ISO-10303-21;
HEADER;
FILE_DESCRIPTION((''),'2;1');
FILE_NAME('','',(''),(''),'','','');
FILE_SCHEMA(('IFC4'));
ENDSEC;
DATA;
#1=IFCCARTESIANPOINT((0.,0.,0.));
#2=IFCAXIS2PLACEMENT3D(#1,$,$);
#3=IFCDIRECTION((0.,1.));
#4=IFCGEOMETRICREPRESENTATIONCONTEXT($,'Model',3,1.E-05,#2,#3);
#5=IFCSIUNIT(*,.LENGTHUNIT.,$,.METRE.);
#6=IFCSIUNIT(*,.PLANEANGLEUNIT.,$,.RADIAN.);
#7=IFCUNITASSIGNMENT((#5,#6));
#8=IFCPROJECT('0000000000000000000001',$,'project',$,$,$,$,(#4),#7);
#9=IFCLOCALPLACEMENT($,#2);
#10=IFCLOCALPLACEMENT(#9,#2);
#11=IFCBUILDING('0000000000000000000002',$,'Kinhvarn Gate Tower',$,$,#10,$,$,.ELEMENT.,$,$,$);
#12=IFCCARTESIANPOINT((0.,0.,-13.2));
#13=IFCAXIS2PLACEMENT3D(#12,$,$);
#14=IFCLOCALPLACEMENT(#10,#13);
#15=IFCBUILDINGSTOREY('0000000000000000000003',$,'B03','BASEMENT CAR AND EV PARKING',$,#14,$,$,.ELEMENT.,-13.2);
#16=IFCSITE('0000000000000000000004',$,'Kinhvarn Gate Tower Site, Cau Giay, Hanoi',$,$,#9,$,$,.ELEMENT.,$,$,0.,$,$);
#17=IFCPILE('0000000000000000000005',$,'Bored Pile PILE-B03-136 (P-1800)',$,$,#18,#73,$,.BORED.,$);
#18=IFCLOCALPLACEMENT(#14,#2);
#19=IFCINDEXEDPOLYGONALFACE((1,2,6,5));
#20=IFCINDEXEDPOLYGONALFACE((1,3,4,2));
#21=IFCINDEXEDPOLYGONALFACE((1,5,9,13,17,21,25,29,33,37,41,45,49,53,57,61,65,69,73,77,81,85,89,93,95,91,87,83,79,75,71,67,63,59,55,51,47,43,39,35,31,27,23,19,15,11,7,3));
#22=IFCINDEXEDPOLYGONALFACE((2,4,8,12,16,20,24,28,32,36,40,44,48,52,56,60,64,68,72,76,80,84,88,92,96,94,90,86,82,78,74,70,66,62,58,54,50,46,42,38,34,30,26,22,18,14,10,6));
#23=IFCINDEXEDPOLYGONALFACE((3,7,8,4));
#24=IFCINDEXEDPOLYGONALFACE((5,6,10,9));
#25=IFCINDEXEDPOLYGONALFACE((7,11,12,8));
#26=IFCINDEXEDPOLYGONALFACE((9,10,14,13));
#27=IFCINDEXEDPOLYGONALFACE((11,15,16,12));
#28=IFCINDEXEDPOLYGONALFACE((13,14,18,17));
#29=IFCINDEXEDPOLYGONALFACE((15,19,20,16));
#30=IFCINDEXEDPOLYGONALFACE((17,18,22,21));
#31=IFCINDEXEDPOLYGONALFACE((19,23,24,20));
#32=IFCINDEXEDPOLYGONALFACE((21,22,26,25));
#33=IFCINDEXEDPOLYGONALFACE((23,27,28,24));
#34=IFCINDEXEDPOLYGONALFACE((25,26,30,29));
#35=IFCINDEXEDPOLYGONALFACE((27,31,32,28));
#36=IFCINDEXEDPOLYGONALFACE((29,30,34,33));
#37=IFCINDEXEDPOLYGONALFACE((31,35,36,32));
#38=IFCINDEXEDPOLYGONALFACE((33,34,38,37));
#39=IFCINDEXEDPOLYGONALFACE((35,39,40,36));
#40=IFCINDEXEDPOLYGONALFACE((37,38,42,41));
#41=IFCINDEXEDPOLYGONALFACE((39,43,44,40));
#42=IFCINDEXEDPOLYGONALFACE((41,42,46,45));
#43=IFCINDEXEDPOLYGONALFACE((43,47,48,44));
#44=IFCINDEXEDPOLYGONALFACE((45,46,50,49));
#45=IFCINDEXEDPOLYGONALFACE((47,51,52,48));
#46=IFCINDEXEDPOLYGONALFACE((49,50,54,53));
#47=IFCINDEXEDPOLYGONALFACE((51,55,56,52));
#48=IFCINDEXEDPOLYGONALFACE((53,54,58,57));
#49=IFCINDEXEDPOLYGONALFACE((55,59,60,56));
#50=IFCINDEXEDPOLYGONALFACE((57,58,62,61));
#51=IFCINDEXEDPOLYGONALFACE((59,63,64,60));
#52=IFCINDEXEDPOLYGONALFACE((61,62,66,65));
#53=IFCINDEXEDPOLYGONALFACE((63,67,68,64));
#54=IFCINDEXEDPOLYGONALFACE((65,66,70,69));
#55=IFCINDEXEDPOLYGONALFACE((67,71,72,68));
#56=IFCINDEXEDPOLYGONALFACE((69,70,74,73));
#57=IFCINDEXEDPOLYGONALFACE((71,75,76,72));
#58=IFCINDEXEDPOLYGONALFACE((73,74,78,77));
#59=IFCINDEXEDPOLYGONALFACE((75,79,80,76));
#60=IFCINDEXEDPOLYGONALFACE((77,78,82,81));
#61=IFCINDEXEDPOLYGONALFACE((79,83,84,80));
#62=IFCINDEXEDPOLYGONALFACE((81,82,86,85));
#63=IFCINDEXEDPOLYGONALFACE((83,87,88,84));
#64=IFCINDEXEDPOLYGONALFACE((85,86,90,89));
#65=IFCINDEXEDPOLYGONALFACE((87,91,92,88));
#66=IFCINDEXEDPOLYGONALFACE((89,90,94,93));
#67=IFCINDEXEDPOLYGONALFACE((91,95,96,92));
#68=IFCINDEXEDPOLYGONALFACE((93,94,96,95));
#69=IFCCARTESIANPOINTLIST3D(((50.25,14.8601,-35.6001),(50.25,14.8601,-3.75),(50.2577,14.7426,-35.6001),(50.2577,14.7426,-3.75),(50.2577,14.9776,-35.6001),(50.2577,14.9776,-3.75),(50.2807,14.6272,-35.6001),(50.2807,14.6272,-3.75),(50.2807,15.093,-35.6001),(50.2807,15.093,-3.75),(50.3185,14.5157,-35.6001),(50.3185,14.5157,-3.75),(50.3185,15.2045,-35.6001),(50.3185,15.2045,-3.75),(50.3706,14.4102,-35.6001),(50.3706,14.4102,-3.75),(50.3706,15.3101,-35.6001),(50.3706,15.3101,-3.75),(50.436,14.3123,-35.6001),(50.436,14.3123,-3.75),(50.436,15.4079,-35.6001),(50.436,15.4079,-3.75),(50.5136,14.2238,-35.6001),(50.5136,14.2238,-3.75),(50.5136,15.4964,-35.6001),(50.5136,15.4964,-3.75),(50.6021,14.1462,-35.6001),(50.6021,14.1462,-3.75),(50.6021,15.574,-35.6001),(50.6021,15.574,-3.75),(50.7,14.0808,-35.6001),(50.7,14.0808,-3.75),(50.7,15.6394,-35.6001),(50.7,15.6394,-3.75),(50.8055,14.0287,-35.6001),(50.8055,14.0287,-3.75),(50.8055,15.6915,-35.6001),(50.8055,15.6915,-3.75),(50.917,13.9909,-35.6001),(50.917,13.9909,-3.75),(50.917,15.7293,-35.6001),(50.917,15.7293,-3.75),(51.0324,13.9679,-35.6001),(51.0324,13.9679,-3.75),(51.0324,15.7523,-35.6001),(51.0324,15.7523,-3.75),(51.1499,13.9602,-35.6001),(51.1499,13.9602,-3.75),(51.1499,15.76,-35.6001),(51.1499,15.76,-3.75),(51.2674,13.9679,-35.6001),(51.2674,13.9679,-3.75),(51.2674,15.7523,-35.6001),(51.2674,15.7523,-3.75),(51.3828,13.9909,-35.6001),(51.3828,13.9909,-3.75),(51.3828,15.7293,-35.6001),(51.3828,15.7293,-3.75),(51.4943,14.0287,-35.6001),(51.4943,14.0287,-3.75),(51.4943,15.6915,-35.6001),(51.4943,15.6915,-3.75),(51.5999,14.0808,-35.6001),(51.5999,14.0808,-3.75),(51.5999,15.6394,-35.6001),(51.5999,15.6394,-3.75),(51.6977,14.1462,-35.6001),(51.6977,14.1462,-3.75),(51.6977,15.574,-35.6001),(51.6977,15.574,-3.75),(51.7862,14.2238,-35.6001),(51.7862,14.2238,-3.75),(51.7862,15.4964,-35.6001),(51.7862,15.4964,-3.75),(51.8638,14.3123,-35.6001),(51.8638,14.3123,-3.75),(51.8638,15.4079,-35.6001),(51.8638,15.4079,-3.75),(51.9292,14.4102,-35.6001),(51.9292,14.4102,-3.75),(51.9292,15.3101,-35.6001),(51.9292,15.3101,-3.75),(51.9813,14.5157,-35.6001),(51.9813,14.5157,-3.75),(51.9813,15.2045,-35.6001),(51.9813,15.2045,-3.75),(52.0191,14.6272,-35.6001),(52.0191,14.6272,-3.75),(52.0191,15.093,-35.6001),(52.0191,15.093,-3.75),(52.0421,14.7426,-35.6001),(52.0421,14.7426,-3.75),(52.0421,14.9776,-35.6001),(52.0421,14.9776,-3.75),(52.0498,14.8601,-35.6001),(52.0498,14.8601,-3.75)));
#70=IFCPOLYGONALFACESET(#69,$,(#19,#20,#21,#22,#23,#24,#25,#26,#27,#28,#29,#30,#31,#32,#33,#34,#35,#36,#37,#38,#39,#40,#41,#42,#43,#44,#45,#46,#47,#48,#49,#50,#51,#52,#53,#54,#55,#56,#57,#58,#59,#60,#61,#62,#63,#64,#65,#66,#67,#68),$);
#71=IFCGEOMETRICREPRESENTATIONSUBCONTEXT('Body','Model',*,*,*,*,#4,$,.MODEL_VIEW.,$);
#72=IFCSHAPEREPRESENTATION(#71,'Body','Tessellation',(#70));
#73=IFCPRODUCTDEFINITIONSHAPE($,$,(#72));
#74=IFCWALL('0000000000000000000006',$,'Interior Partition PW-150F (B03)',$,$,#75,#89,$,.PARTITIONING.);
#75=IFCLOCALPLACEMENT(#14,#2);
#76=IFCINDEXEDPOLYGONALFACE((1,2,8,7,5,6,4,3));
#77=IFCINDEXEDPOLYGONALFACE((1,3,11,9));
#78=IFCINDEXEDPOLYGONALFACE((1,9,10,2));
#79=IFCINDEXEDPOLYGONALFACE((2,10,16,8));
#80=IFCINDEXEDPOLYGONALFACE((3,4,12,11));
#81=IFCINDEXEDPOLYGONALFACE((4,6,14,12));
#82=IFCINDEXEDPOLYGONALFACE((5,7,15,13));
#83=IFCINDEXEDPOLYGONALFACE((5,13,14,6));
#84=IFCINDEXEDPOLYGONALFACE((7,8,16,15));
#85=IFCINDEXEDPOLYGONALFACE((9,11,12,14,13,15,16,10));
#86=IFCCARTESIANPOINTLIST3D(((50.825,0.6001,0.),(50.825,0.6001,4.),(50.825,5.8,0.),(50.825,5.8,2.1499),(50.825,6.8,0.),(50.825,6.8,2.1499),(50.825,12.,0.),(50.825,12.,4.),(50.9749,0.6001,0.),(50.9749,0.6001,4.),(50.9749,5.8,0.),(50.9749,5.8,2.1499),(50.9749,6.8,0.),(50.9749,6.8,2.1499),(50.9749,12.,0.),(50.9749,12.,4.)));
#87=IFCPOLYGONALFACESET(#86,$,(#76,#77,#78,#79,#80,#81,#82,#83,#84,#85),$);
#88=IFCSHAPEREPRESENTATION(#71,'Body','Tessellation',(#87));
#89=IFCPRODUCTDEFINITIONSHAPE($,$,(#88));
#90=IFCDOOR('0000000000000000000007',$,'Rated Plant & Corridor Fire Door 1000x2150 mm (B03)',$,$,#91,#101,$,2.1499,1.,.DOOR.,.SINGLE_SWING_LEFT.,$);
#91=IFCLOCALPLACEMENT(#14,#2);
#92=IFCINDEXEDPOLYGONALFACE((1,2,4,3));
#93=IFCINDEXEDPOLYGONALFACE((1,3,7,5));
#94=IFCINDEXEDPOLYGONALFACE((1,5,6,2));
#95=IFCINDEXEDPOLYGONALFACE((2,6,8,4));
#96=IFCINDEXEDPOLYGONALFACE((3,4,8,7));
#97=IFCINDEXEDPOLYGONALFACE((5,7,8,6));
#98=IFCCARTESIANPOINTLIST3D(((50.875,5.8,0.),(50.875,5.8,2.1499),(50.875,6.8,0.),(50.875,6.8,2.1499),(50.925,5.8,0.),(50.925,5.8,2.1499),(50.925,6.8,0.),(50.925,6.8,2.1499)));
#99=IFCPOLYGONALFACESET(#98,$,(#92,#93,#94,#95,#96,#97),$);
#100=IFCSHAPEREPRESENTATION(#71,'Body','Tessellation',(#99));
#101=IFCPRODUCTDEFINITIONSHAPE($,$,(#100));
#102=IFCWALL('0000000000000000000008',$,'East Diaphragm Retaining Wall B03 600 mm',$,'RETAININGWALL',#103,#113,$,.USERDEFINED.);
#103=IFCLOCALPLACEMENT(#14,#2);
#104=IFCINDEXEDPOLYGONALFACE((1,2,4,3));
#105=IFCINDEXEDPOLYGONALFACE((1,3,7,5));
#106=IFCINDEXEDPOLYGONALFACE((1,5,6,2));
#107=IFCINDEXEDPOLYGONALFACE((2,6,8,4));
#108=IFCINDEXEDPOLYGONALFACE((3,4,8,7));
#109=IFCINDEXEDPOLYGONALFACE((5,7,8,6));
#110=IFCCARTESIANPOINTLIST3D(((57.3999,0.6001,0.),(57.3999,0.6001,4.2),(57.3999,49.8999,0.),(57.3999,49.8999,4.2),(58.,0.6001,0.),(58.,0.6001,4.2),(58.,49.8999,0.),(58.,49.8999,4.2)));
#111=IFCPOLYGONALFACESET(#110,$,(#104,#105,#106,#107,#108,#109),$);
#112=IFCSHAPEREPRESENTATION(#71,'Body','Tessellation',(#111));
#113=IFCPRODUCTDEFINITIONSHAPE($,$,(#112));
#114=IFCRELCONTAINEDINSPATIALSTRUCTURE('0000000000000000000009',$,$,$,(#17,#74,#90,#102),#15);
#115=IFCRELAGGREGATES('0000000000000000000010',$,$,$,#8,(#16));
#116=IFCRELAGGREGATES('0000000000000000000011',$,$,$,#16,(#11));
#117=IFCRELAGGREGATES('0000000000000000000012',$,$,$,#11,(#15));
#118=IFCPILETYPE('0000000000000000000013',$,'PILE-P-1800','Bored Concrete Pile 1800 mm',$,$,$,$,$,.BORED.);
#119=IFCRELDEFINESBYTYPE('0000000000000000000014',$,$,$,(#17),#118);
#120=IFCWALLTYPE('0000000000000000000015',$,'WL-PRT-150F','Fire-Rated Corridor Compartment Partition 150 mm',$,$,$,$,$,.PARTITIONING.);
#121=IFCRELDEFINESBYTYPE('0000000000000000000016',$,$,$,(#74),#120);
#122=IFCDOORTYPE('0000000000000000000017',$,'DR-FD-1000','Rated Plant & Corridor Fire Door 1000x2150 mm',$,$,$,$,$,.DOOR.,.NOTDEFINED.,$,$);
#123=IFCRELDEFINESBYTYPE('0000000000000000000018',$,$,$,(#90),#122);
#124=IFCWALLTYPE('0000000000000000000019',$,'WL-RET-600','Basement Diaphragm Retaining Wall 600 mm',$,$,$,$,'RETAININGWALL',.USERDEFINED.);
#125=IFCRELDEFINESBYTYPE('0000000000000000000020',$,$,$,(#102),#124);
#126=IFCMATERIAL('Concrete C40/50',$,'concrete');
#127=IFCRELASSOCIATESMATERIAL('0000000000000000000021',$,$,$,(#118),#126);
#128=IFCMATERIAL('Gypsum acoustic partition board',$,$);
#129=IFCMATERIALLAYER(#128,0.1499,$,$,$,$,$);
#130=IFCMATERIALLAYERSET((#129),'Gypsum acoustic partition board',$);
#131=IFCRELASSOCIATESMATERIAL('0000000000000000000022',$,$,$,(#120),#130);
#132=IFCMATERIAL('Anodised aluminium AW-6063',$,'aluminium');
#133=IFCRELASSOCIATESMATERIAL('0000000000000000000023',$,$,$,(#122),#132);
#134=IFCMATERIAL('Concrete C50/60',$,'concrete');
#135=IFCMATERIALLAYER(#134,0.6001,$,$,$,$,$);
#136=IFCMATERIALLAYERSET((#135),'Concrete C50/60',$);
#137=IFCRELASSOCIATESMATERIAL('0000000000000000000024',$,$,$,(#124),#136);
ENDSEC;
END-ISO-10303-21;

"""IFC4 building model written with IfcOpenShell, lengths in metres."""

from ifc_helpers import new_model, si_unit, direction, frame, frame_2d, origin, origin_2d, place, context, subcontext, project, spatial, rectangle, circle, extrude, material, layer, layer_set, material_profile, profile_set, type_object, element, fill, save


model = new_model("IFC4")

# Units and contexts
model_context = context("Model", 3, precision=1e-05, world=origin(), true_north=direction((0.0, 1.0)))
body_context = subcontext(model_context, "Body", "Model", "MODEL_VIEW")
ifc_project = project(units=[si_unit("LENGTHUNIT", "METRE"), si_unit("PLANEANGLEUNIT", "RADIAN")], contexts=[model_context])

# Site, building, storey
site_placement = place(None, origin())
site = spatial("IfcSite", under=ifc_project, at=site_placement, Name="Kinhvarn Gate Tower Site, Cau Giay, Hanoi", CompositionType="ELEMENT", RefElevation=0.0)
building_placement = place(site_placement, origin())
building = spatial("IfcBuilding", under=site, at=building_placement, Name="Kinhvarn Gate Tower", CompositionType="ELEMENT")
storey_placement = place(building_placement, frame((0.0, 0.0, -13.2)))
storey = spatial("IfcBuildingStorey", under=building, at=storey_placement, Name="B03", Description="BASEMENT CAR AND EV PARKING", CompositionType="ELEMENT", Elevation=-13.2)

# Pile
ifc_material_1 = material(Name="Concrete C40/50", Category="concrete")
ifc_material_profile_1 = material_profile(ifc_material_1, circle(Radius=0.8999, at=origin_2d()), Name="PILE D1800")
ifc_profile_set_1 = profile_set([ifc_material_profile_1], Name="Concrete C40/50")
pile_type_1 = type_object("IfcPileType", Name="PILE-P-1800", Description="Bored Concrete Pile 1800 mm", PredefinedType="BORED", material=ifc_profile_set_1)
for number, where, z_axis, x_axis, name in (
    (1, (51.1499, 14.8601, -35.6001), (0.0, 0.0, 1.0), (1.0, 0.0, 0.0), "Bored Pile PILE-B03-136 (P-1800)"),
):
    element("IfcPile", number, at=place(storey_placement, frame(where, z_axis=z_axis, x_axis=x_axis)), inside=storey, type_object=pile_type_1, Name=name, PredefinedType="BORED", context=body_context, shape_type="SweptSolid", body=[
        extrude(circle(Radius=0.8999, at=origin_2d()), origin(), (0.0, 0.0, 1.0), 31.8501),
    ])

# Wall, opening, door
ifc_material_2 = material(Name="Gypsum acoustic partition board")
ifc_layer_1 = layer(ifc_material_2, 0.1499)
ifc_layer_set_1 = layer_set([ifc_layer_1], Name="Gypsum acoustic partition board")
wall_type_1 = type_object("IfcWallType", Name="WL-PRT-150F", Description="Fire-Rated Corridor Compartment Partition 150 mm", PredefinedType="PARTITIONING", material=ifc_layer_set_1)
wall_1_placement = place(storey_placement, frame((50.8999, 0.6001, 0.0), z_axis=(0.0, 0.0, 1.0), x_axis=(0.0, 1.0, 0.0)))
wall_1 = element("IfcWall", 2, at=wall_1_placement, inside=storey, type_object=wall_type_1, Name="Interior Partition PW-150F (B03)", PredefinedType="PARTITIONING", context=body_context, shape_type="SweptSolid", body=[
    extrude(rectangle(XDim=11.3999, YDim=0.1499, at=frame_2d((5.7, 0.0))), origin(), (0.0, 0.0, 1.0), 4.0),
])
opening_placement = place(wall_1_placement, frame((5.2, 0.0, 0.0)))
opening = element("IfcOpeningElement", 3, at=opening_placement, cuts=wall_1, PredefinedType="OPENING", context=body_context, shape_type="SweptSolid", body=[
    extrude(rectangle(XDim=1.0, YDim=2.1499, at=frame_2d((0.5, 1.075))), frame((0.0, 0.085, 0.0), z_axis=(0.0, -1.0, 0.0), x_axis=(1.0, 0.0, 0.0)), (0.0, 0.0, 1.0), 0.1699),
])
ifc_material_3 = material(Name="Anodised aluminium AW-6063", Category="aluminium")
door_type = type_object("IfcDoorType", Name="DR-FD-1000", Description="Rated Plant & Corridor Fire Door 1000x2150 mm", OperationType="NOTDEFINED", PredefinedType="DOOR", material=ifc_material_3)
door_placement = place(opening_placement, origin())
door = element("IfcDoor", 4, at=door_placement, inside=storey, type_object=door_type, Name="Rated Plant & Corridor Fire Door 1000x2150 mm (B03)", OperationType="SINGLE_SWING_LEFT", OverallHeight=2.1499, OverallWidth=1.0, PredefinedType="DOOR", context=body_context, shape_type="SweptSolid", body=[
    extrude(rectangle(XDim=1.0, YDim=2.1499, at=frame_2d((0.5, 1.075))), frame((0.0, 0.0249, 0.0), z_axis=(0.0, -1.0, 0.0), x_axis=(1.0, 0.0, 0.0)), (0.0, 0.0, 1.0), 0.05),
])
fill(opening, door)

# Wall
ifc_material_4 = material(Name="Concrete C50/60", Category="concrete")
ifc_layer_2 = layer(ifc_material_4, 0.6001)
ifc_layer_set_2 = layer_set([ifc_layer_2], Name="Concrete C50/60")
wall_type_2 = type_object("IfcWallType", Name="WL-RET-600", Description="Basement Diaphragm Retaining Wall 600 mm", ElementType="RETAININGWALL", PredefinedType="USERDEFINED", material=ifc_layer_set_2)
wall_2_placement = place(storey_placement, frame((57.7, 0.6001, 0.0), z_axis=(0.0, 0.0, 1.0), x_axis=(0.0, 1.0, 0.0)))
element("IfcWall", 5, at=wall_2_placement, inside=storey, type_object=wall_type_2, Name="East Diaphragm Retaining Wall B03 600 mm", ObjectType="RETAININGWALL", PredefinedType="USERDEFINED", context=body_context, shape_type="SweptSolid", body=[
    extrude(rectangle(XDim=49.2998, YDim=0.6001, at=frame_2d((24.6499, 0.0))), origin(), (0.0, 0.0, 1.0), 4.2),
])

save(model, "model.ifc")
